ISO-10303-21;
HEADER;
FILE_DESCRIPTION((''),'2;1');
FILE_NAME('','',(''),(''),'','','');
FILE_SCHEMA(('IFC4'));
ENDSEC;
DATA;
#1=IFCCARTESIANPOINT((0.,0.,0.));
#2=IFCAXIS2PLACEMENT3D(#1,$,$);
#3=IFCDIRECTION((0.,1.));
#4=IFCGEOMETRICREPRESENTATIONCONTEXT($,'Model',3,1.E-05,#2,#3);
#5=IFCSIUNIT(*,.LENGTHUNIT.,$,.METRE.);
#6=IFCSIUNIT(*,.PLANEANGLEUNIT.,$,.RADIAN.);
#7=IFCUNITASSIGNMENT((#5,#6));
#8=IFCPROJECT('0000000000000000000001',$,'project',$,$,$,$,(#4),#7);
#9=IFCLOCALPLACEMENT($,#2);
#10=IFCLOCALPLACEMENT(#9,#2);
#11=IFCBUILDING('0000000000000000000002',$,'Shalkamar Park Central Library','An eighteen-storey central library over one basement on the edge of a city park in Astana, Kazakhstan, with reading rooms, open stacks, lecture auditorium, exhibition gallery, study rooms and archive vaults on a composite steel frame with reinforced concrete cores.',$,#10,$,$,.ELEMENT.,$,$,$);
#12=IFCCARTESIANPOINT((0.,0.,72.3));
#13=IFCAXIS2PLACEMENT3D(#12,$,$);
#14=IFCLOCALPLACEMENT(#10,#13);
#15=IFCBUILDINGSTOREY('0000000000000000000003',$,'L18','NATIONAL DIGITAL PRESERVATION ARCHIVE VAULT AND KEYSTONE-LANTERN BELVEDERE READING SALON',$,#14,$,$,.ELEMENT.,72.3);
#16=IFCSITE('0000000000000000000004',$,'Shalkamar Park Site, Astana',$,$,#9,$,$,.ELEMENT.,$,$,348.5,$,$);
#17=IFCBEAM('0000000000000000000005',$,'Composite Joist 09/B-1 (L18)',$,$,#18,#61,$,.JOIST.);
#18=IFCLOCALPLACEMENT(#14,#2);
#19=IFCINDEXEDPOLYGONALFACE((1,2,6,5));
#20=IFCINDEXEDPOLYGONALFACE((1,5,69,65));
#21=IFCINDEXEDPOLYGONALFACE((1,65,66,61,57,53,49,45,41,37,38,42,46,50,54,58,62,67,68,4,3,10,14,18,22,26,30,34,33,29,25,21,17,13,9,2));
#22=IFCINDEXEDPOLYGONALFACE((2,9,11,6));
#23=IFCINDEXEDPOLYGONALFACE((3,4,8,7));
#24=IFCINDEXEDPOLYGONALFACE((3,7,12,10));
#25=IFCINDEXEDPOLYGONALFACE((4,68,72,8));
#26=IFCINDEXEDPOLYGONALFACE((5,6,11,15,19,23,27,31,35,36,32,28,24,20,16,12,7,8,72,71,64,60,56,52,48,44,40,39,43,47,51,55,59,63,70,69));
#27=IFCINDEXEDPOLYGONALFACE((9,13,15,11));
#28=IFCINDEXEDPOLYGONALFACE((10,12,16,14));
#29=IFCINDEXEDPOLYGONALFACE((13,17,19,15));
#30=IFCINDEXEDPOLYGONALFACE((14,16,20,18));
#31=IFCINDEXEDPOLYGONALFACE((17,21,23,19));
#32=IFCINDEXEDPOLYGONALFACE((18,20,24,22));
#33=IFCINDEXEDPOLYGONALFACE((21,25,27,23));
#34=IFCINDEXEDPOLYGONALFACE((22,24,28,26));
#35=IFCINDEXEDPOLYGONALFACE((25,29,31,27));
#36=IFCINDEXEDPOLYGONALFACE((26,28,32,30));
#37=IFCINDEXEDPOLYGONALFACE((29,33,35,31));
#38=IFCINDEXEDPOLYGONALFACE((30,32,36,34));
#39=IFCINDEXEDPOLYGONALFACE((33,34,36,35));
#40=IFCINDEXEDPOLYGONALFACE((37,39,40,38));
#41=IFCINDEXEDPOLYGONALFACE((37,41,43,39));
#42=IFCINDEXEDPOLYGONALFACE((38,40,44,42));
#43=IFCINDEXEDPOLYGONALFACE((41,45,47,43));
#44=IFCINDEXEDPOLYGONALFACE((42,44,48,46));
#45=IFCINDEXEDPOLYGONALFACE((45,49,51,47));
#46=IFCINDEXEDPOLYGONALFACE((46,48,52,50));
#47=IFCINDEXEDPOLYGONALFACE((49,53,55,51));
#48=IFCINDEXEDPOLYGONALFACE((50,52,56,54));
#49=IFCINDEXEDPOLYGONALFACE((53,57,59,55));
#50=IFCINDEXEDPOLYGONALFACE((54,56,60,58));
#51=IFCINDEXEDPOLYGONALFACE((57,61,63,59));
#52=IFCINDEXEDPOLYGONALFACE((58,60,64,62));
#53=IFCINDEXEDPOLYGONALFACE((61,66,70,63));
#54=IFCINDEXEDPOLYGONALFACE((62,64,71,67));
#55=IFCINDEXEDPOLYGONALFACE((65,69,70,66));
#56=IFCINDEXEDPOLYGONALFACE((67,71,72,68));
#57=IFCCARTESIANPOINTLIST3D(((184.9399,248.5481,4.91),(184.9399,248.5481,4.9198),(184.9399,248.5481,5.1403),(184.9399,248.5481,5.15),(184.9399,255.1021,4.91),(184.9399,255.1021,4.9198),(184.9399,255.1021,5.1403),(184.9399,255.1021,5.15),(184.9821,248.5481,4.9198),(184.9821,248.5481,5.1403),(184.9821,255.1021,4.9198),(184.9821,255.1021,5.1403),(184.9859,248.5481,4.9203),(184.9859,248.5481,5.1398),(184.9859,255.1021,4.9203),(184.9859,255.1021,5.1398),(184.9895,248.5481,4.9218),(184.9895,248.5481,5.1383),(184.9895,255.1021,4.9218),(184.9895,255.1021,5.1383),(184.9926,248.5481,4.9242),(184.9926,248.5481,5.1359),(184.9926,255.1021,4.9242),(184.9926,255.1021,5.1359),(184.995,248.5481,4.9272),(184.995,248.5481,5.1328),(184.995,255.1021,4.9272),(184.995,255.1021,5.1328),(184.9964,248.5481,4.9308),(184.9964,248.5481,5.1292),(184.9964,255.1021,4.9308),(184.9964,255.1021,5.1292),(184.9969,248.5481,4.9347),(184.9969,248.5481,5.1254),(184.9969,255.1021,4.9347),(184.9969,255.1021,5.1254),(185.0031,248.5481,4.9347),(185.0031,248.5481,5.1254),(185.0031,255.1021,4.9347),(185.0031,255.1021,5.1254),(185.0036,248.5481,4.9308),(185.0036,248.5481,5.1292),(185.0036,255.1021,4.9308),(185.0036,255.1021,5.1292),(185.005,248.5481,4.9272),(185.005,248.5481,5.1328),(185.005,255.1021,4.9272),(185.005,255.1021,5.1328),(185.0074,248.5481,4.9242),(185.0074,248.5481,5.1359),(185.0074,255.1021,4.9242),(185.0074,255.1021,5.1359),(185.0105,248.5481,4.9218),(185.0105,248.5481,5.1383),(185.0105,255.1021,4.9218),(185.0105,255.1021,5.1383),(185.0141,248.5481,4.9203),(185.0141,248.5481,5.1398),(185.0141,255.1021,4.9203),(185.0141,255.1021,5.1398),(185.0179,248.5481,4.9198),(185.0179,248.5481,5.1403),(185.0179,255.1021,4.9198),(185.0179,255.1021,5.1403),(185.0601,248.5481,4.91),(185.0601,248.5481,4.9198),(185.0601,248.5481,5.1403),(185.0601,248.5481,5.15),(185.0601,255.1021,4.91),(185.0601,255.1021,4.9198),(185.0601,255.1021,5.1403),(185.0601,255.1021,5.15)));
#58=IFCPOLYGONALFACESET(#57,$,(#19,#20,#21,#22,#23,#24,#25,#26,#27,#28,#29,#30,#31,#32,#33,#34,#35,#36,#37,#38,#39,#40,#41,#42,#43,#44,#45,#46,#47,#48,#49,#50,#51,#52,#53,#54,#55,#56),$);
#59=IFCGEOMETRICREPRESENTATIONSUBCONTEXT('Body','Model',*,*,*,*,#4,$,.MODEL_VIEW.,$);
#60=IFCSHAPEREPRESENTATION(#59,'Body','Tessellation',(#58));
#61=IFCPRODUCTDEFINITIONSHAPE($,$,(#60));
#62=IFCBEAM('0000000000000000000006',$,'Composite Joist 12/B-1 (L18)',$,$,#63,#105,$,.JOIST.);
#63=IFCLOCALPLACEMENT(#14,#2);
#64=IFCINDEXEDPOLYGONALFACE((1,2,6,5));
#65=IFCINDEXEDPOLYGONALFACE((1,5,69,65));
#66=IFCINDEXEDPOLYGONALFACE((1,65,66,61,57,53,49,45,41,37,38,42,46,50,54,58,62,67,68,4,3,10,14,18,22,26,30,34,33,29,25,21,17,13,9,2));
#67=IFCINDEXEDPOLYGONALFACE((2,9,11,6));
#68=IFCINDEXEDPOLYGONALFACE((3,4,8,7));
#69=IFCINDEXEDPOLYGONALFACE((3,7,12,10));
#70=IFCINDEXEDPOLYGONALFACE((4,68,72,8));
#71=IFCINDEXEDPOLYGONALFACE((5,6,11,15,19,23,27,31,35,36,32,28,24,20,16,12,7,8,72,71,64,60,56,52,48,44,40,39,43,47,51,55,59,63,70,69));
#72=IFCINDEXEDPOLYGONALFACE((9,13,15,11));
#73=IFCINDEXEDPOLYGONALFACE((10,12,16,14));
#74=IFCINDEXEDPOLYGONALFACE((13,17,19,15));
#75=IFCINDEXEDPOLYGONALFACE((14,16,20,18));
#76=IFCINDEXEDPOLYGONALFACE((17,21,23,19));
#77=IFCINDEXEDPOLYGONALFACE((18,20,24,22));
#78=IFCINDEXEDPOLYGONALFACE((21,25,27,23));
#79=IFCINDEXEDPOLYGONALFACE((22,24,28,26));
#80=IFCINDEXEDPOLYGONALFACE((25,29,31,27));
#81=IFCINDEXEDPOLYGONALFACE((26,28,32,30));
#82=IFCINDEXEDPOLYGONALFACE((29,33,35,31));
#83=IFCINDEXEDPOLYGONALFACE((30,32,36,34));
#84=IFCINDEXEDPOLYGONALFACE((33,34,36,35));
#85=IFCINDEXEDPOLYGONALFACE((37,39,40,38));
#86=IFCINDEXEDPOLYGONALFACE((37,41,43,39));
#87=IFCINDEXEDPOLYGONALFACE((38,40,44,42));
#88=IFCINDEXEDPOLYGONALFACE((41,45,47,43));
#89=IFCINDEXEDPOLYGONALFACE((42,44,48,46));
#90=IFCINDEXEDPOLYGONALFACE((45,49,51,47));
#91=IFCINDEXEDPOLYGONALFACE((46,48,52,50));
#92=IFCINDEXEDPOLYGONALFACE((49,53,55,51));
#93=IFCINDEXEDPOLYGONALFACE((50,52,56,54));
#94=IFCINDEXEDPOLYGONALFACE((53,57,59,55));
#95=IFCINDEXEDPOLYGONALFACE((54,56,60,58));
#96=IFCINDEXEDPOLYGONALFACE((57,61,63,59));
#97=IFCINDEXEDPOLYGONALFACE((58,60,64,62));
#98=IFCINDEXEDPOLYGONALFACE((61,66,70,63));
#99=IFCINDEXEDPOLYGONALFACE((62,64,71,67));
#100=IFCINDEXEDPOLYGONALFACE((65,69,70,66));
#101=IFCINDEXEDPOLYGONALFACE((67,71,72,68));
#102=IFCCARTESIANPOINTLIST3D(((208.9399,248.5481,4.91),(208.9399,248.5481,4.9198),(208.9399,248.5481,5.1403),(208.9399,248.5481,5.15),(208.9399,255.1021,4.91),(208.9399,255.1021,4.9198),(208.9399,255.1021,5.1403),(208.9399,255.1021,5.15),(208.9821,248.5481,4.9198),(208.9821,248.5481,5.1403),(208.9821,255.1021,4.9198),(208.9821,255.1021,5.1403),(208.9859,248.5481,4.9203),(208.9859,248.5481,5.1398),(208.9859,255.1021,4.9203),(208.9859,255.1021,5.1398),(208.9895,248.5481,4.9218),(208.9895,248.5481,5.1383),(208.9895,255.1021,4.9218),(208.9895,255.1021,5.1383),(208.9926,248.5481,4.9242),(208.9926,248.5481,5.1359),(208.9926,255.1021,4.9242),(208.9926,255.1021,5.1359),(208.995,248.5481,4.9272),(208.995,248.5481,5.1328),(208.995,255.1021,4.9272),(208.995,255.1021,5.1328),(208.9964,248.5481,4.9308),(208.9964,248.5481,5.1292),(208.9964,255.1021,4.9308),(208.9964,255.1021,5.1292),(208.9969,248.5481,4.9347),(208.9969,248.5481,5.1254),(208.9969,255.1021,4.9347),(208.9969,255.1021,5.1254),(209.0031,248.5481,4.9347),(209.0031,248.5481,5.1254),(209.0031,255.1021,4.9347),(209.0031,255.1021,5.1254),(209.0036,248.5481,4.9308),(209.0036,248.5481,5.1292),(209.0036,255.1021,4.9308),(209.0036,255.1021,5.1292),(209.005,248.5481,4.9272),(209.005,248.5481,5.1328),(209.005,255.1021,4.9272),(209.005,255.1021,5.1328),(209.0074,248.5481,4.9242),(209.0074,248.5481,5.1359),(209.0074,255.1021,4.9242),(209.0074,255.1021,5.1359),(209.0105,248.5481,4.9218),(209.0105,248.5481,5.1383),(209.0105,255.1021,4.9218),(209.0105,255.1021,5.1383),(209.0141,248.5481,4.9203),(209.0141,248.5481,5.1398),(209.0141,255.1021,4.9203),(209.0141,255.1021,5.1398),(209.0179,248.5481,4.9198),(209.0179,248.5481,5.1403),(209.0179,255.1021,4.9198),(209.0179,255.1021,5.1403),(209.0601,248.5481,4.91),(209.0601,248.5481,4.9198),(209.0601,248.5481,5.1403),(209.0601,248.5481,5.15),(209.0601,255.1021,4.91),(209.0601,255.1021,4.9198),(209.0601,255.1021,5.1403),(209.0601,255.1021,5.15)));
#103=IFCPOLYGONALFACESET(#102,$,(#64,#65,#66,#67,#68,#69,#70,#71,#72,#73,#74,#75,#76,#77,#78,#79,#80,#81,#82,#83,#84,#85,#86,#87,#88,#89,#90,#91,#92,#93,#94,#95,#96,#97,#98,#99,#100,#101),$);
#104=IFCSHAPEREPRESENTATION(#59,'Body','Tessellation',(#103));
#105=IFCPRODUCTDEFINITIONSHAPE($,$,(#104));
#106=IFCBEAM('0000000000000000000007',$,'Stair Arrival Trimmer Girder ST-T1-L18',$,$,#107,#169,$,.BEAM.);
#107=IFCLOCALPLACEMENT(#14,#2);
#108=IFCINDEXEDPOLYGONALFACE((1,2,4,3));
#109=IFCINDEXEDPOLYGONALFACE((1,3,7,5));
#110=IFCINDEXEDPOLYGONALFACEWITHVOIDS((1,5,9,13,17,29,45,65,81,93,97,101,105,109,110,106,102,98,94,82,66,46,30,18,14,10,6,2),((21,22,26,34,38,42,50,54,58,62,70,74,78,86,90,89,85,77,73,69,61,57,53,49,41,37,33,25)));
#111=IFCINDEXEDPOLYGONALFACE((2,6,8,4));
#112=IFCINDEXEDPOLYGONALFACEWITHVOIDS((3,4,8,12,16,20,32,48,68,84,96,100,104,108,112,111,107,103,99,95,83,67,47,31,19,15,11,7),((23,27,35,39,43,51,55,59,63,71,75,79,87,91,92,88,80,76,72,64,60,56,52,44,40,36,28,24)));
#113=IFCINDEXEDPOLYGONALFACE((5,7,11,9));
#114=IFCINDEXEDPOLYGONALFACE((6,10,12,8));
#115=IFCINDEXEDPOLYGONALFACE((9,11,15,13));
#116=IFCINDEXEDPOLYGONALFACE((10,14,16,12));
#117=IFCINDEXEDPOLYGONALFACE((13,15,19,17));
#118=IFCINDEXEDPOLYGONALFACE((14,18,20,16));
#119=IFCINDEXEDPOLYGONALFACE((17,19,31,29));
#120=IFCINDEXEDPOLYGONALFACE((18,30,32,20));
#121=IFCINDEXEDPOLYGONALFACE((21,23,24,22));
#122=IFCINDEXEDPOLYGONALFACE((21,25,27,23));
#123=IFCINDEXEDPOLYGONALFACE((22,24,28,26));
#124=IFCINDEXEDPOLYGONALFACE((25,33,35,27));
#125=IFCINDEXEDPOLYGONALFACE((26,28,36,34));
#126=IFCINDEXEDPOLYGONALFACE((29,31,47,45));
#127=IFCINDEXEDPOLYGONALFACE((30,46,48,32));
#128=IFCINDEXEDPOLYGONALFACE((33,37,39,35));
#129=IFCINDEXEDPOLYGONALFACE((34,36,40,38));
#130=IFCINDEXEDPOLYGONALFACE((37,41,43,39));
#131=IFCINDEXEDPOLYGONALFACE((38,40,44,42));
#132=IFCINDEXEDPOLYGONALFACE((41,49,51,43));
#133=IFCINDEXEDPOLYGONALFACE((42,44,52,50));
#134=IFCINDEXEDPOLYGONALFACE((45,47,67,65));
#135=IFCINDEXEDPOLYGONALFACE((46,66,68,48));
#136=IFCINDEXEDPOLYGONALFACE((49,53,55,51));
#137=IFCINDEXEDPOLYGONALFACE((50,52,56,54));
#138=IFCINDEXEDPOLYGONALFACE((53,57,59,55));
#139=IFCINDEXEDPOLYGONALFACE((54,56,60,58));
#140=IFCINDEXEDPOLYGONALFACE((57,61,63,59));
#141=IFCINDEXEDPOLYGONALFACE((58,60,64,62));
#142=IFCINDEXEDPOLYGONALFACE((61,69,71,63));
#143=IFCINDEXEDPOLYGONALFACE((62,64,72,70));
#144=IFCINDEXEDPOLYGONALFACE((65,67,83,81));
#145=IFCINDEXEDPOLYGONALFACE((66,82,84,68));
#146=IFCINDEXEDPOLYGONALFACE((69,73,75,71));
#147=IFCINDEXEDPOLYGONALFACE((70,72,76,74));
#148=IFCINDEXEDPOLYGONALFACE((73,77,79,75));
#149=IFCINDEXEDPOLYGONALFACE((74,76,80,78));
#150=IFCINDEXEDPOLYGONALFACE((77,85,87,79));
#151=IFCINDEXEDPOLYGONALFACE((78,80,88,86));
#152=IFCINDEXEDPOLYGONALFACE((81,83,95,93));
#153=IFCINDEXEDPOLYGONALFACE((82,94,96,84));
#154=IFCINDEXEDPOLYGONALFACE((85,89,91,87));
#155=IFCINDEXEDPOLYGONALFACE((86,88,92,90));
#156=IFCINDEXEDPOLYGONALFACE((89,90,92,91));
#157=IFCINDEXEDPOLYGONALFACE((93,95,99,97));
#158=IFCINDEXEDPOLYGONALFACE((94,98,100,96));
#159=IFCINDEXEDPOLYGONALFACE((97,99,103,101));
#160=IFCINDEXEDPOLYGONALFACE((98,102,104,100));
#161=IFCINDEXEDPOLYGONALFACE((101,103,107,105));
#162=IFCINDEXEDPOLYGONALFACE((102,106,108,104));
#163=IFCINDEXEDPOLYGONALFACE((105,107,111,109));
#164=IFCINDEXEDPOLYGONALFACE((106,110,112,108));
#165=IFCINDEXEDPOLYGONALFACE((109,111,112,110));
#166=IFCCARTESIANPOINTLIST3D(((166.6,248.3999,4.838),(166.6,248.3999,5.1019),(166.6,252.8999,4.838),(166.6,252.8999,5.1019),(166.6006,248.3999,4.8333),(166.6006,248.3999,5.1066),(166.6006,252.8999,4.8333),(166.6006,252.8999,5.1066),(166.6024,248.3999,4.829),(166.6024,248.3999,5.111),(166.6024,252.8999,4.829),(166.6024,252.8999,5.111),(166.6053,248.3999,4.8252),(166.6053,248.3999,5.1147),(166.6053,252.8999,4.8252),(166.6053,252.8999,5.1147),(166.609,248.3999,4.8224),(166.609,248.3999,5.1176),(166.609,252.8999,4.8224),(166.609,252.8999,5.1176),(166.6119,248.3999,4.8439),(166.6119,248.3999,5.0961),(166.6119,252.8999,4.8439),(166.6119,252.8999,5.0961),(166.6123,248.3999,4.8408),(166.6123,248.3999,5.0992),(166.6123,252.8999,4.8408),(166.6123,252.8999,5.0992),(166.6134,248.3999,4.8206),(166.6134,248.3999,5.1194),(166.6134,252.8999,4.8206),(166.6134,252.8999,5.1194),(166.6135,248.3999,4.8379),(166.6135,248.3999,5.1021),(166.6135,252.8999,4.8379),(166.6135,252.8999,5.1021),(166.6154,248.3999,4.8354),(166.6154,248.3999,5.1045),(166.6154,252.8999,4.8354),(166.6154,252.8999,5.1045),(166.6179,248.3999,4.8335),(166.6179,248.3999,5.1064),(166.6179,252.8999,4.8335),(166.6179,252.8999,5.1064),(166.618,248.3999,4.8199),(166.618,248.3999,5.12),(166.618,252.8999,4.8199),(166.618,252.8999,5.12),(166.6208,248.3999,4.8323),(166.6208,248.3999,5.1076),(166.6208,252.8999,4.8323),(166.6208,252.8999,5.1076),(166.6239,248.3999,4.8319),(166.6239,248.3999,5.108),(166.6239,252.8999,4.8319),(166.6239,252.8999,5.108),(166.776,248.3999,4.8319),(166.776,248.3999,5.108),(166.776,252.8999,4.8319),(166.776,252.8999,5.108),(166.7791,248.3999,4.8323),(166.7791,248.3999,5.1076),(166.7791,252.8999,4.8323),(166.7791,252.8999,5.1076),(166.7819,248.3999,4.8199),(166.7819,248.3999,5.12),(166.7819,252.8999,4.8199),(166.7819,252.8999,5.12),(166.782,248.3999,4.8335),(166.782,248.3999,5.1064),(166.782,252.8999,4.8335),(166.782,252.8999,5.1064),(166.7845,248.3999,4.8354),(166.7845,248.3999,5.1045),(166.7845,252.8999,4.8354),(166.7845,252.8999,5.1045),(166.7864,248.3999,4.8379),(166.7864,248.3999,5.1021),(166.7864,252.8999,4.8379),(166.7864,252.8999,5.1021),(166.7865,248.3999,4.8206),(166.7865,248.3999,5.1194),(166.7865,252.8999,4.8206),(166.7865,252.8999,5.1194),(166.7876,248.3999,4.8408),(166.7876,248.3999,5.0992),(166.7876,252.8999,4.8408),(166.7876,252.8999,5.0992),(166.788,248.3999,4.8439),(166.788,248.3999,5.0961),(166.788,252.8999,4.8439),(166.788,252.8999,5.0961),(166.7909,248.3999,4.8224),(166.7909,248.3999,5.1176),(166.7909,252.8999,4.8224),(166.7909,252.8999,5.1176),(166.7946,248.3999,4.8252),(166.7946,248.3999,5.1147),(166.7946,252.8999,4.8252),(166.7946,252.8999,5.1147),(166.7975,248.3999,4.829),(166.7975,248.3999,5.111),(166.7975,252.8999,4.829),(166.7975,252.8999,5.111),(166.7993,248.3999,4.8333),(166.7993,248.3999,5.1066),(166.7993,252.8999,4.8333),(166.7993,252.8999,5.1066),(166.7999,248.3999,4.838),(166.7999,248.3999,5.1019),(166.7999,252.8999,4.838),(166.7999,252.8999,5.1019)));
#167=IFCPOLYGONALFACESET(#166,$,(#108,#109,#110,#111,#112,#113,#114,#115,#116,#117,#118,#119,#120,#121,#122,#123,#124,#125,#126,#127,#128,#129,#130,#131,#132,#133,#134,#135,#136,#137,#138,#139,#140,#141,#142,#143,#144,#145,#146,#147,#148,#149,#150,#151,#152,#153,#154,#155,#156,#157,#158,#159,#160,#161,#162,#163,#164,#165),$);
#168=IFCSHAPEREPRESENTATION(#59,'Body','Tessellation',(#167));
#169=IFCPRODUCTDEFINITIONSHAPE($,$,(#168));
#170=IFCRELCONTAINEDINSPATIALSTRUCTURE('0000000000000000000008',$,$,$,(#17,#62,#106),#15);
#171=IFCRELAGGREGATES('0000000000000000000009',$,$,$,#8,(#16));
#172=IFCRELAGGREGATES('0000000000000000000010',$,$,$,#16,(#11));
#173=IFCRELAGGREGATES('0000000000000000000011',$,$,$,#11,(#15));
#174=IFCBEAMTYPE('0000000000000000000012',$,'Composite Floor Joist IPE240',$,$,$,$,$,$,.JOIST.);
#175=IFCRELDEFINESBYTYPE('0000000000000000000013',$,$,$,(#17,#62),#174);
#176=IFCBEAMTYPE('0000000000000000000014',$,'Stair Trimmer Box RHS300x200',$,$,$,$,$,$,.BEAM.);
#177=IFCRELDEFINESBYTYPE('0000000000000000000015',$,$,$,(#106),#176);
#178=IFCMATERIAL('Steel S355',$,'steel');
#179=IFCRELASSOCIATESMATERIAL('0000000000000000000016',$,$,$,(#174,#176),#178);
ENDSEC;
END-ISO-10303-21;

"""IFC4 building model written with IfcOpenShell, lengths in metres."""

from ifc_helpers import new_model, si_unit, direction, frame, origin, origin_2d, place, context, subcontext, project, spatial, hollow_rectangle, i_section, extrude, material, material_profile, profile_set, type_object, element, save


model = new_model("IFC4")

# Units and contexts
model_context = context("Model", 3, precision=1e-05, world=origin(), true_north=direction((0.0, 1.0)))
body_context = subcontext(model_context, "Body", "Model", "MODEL_VIEW")
ifc_project = project(units=[si_unit("LENGTHUNIT", "METRE"), si_unit("PLANEANGLEUNIT", "RADIAN")], contexts=[model_context])

# Site, building, storey
site_placement = place(None, origin())
site = spatial("IfcSite", under=ifc_project, at=site_placement, Name="Shalkamar Park Site, Astana", CompositionType="ELEMENT", RefElevation=348.5)
building_placement = place(site_placement, origin())
building = spatial("IfcBuilding", under=site, at=building_placement, Name="Shalkamar Park Central Library", Description="An eighteen-storey central library over one basement on the edge of a city park in Astana, Kazakhstan, with reading rooms, open stacks, lecture auditorium, exhibition gallery, study rooms and archive vaults on a composite steel frame with reinforced concrete cores.", CompositionType="ELEMENT")
storey_placement = place(building_placement, frame((0.0, 0.0, 72.3)))
storey = spatial("IfcBuildingStorey", under=building, at=storey_placement, Name="L18", Description="NATIONAL DIGITAL PRESERVATION ARCHIVE VAULT AND KEYSTONE-LANTERN BELVEDERE READING SALON", CompositionType="ELEMENT", Elevation=72.3)

# Beams
ifc_material_1 = material(Name="Steel S355", Category="steel")
ifc_material_profile_1 = material_profile(ifc_material_1, i_section(OverallWidth=0.1201, OverallDepth=0.24, WebThickness=0.0061, FlangeThickness=0.0098, FilletRadius=0.0149, at=origin_2d()), Name="IPE 240")
ifc_profile_set_1 = profile_set([ifc_material_profile_1], Name="Steel S355")
beam_type_1 = type_object("IfcBeamType", Name="Composite Floor Joist IPE240", PredefinedType="JOIST", material=ifc_profile_set_1)
for number, where, z_axis, x_axis, name in (
    (1, (185.0, 248.5481, 5.03), (0.0, 1.0, 0.0), (-1.0, 0.0, 0.0), "Composite Joist 09/B-1 (L18)"),
    (2, (209.0, 248.5481, 5.03), (0.0, 1.0, 0.0), (-1.0, 0.0, 0.0), "Composite Joist 12/B-1 (L18)"),
):
    element("IfcBeam", number, at=place(storey_placement, frame(where, z_axis=z_axis, x_axis=x_axis)), inside=storey, type_object=beam_type_1, Name=name, PredefinedType="JOIST", context=body_context, shape_type="SweptSolid", body=[
        extrude(i_section(OverallWidth=0.1201, OverallDepth=0.24, WebThickness=0.0061, FlangeThickness=0.0098, FilletRadius=0.0149, at=origin_2d()), origin(), (0.0, 0.0, 1.0), 6.554),
    ])
ifc_material_profile_2 = material_profile(ifc_material_1, hollow_rectangle(XDim=0.2, YDim=0.3, WallThickness=0.012, InnerFilletRadius=0.012, OuterFilletRadius=0.0181, at=origin_2d()), Name="RHS 300x200x12")
ifc_profile_set_2 = profile_set([ifc_material_profile_2], Name="Steel S355")
beam_type_2 = type_object("IfcBeamType", Name="Stair Trimmer Box RHS300x200", PredefinedType="BEAM", material=ifc_profile_set_2)
for number, where, z_axis, x_axis, name in (
    (3, (166.7, 248.3999, 4.97), (0.0, 1.0, 0.0), (-1.0, 0.0, 0.0), "Stair Arrival Trimmer Girder ST-T1-L18"),
):
    element("IfcBeam", number, at=place(storey_placement, frame(where, z_axis=z_axis, x_axis=x_axis)), inside=storey, type_object=beam_type_2, Name=name, PredefinedType="BEAM", context=body_context, shape_type="SweptSolid", body=[
        extrude(hollow_rectangle(XDim=0.2, YDim=0.3, WallThickness=0.012, InnerFilletRadius=0.012, OuterFilletRadius=0.0181, at=origin_2d()), origin(), (0.0, 0.0, 1.0), 4.5),
    ])

save(model, "model.ifc")
